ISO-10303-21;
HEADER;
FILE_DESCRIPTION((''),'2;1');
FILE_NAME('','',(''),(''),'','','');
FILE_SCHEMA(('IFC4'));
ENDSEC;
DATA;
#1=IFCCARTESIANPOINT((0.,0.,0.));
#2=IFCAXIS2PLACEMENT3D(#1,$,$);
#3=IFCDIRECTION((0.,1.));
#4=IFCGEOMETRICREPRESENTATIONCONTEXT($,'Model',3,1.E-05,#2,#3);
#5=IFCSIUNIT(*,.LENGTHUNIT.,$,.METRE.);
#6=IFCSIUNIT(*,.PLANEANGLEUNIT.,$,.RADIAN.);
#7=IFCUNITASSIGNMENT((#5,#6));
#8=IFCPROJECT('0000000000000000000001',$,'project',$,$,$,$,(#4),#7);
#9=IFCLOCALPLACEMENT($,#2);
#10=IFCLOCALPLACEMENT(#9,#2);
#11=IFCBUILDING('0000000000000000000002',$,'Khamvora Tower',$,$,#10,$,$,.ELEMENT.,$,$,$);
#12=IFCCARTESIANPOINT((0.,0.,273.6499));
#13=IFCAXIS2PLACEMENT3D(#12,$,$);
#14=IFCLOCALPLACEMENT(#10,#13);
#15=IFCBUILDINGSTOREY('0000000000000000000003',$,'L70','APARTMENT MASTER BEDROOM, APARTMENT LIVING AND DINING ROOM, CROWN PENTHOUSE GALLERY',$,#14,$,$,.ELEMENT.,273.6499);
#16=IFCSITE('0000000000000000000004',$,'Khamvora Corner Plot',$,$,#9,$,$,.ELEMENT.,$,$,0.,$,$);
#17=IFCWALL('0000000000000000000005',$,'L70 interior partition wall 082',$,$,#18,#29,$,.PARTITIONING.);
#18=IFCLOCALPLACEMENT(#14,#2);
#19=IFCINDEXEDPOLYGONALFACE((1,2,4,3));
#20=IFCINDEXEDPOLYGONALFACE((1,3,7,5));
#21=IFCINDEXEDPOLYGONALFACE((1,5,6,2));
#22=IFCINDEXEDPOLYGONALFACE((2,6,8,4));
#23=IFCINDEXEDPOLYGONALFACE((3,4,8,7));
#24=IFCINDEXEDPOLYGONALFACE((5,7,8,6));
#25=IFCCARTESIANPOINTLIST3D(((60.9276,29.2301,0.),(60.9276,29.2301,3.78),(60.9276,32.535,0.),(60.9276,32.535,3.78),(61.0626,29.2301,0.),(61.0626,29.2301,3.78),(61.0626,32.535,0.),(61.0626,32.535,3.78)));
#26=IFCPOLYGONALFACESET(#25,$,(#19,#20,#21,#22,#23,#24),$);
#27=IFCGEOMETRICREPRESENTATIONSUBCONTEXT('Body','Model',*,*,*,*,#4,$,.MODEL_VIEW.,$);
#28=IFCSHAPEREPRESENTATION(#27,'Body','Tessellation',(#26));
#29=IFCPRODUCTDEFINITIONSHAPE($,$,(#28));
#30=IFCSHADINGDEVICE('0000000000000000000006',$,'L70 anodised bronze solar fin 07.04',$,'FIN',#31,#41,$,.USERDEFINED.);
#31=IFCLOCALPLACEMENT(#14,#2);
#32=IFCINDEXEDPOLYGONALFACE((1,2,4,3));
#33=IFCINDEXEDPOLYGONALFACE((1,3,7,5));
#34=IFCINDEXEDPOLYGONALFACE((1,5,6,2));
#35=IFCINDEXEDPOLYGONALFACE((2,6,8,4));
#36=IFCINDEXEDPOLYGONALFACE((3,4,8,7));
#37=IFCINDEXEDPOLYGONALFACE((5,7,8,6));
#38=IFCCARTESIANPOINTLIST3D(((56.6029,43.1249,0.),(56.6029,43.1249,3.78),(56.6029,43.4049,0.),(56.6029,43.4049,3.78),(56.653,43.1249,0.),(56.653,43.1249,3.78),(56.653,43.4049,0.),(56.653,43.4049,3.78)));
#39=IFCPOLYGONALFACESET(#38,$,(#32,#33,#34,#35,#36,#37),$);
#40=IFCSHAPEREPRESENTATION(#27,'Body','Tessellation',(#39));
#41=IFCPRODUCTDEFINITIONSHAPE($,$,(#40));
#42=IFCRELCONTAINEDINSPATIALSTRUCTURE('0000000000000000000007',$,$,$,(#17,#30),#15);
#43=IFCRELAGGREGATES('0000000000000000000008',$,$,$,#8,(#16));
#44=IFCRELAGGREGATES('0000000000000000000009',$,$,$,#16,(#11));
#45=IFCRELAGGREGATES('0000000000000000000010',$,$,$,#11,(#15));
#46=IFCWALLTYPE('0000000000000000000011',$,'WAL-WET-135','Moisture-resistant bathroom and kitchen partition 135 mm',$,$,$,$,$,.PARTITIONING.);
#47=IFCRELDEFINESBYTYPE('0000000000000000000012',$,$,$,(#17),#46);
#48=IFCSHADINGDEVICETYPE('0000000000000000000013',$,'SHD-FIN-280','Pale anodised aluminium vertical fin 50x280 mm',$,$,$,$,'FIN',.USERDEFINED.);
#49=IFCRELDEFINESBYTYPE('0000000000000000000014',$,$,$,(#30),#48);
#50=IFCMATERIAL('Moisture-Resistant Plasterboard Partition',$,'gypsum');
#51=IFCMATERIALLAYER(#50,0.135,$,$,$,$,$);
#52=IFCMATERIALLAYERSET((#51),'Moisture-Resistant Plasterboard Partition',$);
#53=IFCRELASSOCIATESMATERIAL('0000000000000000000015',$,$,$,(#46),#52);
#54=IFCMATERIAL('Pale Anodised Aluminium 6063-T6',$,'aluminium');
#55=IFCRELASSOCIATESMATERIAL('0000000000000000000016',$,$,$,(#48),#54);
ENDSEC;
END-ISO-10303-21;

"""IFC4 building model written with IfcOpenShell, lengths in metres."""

from ifc_helpers import new_model, si_unit, direction, frame, frame_2d, origin, origin_2d, place, context, subcontext, project, spatial, rectangle, extrude, material, layer, layer_set, type_object, element, save


model = new_model("IFC4")

# Units and contexts
model_context = context("Model", 3, precision=1e-05, world=origin(), true_north=direction((0.0, 1.0)))
body_context = subcontext(model_context, "Body", "Model", "MODEL_VIEW")
ifc_project = project(units=[si_unit("LENGTHUNIT", "METRE"), si_unit("PLANEANGLEUNIT", "RADIAN")], contexts=[model_context])

# Site, building, storey
site_placement = place(None, origin())
site = spatial("IfcSite", under=ifc_project, at=site_placement, Name="Khamvora Corner Plot", CompositionType="ELEMENT", RefElevation=0.0)
building_placement = place(site_placement, origin())
building = spatial("IfcBuilding", under=site, at=building_placement, Name="Khamvora Tower", CompositionType="ELEMENT")
storey_placement = place(building_placement, frame((0.0, 0.0, 273.6499)))
storey = spatial("IfcBuildingStorey", under=building, at=storey_placement, Name="L70", Description="APARTMENT MASTER BEDROOM, APARTMENT LIVING AND DINING ROOM, CROWN PENTHOUSE GALLERY", CompositionType="ELEMENT", Elevation=273.6499)

# Wall
ifc_material_1 = material(Name="Moisture-Resistant Plasterboard Partition", Category="gypsum")
ifc_layer_1 = layer(ifc_material_1, 0.135)
ifc_layer_set_1 = layer_set([ifc_layer_1], Name="Moisture-Resistant Plasterboard Partition")
wall_type_1 = type_object("IfcWallType", Name="WAL-WET-135", Description="Moisture-resistant bathroom and kitchen partition 135 mm", PredefinedType="PARTITIONING", material=ifc_layer_set_1)
wall_1_placement = place(storey_placement, frame((60.9951, 32.5349, 0.0), z_axis=(0.0, 0.0, 1.0), x_axis=(0.0, -1.0, 0.0)))
element("IfcWall", 1, at=wall_1_placement, inside=storey, type_object=wall_type_1, Name="L70 interior partition wall 082", PredefinedType="PARTITIONING", context=body_context, shape_type="SweptSolid", body=[
    extrude(rectangle(XDim=3.3049, YDim=0.135, at=frame_2d((1.6523, 0.0))), origin(), (0.0, 0.0, 1.0), 3.78),
])

# Shading device
ifc_material_2 = material(Name="Pale Anodised Aluminium 6063-T6", Category="aluminium")
shading_device_type = type_object("IfcShadingDeviceType", Name="SHD-FIN-280", Description="Pale anodised aluminium vertical fin 50x280 mm", ElementType="FIN", PredefinedType="USERDEFINED", material=ifc_material_2)
shading_device_placement = place(storey_placement, frame((56.6279, 43.2649, 0.0), z_axis=(0.0, 0.0, 1.0), x_axis=(1.0, 0.0, 0.0)))
element("IfcShadingDevice", 2, at=shading_device_placement, inside=storey, type_object=shading_device_type, Name="L70 anodised bronze solar fin 07.04", ObjectType="FIN", PredefinedType="USERDEFINED", context=body_context, shape_type="SweptSolid", body=[
    extrude(rectangle(XDim=0.05, YDim=0.28, at=origin_2d()), origin(), (0.0, 0.0, 1.0), 3.78),
])

save(model, "model.ifc")
